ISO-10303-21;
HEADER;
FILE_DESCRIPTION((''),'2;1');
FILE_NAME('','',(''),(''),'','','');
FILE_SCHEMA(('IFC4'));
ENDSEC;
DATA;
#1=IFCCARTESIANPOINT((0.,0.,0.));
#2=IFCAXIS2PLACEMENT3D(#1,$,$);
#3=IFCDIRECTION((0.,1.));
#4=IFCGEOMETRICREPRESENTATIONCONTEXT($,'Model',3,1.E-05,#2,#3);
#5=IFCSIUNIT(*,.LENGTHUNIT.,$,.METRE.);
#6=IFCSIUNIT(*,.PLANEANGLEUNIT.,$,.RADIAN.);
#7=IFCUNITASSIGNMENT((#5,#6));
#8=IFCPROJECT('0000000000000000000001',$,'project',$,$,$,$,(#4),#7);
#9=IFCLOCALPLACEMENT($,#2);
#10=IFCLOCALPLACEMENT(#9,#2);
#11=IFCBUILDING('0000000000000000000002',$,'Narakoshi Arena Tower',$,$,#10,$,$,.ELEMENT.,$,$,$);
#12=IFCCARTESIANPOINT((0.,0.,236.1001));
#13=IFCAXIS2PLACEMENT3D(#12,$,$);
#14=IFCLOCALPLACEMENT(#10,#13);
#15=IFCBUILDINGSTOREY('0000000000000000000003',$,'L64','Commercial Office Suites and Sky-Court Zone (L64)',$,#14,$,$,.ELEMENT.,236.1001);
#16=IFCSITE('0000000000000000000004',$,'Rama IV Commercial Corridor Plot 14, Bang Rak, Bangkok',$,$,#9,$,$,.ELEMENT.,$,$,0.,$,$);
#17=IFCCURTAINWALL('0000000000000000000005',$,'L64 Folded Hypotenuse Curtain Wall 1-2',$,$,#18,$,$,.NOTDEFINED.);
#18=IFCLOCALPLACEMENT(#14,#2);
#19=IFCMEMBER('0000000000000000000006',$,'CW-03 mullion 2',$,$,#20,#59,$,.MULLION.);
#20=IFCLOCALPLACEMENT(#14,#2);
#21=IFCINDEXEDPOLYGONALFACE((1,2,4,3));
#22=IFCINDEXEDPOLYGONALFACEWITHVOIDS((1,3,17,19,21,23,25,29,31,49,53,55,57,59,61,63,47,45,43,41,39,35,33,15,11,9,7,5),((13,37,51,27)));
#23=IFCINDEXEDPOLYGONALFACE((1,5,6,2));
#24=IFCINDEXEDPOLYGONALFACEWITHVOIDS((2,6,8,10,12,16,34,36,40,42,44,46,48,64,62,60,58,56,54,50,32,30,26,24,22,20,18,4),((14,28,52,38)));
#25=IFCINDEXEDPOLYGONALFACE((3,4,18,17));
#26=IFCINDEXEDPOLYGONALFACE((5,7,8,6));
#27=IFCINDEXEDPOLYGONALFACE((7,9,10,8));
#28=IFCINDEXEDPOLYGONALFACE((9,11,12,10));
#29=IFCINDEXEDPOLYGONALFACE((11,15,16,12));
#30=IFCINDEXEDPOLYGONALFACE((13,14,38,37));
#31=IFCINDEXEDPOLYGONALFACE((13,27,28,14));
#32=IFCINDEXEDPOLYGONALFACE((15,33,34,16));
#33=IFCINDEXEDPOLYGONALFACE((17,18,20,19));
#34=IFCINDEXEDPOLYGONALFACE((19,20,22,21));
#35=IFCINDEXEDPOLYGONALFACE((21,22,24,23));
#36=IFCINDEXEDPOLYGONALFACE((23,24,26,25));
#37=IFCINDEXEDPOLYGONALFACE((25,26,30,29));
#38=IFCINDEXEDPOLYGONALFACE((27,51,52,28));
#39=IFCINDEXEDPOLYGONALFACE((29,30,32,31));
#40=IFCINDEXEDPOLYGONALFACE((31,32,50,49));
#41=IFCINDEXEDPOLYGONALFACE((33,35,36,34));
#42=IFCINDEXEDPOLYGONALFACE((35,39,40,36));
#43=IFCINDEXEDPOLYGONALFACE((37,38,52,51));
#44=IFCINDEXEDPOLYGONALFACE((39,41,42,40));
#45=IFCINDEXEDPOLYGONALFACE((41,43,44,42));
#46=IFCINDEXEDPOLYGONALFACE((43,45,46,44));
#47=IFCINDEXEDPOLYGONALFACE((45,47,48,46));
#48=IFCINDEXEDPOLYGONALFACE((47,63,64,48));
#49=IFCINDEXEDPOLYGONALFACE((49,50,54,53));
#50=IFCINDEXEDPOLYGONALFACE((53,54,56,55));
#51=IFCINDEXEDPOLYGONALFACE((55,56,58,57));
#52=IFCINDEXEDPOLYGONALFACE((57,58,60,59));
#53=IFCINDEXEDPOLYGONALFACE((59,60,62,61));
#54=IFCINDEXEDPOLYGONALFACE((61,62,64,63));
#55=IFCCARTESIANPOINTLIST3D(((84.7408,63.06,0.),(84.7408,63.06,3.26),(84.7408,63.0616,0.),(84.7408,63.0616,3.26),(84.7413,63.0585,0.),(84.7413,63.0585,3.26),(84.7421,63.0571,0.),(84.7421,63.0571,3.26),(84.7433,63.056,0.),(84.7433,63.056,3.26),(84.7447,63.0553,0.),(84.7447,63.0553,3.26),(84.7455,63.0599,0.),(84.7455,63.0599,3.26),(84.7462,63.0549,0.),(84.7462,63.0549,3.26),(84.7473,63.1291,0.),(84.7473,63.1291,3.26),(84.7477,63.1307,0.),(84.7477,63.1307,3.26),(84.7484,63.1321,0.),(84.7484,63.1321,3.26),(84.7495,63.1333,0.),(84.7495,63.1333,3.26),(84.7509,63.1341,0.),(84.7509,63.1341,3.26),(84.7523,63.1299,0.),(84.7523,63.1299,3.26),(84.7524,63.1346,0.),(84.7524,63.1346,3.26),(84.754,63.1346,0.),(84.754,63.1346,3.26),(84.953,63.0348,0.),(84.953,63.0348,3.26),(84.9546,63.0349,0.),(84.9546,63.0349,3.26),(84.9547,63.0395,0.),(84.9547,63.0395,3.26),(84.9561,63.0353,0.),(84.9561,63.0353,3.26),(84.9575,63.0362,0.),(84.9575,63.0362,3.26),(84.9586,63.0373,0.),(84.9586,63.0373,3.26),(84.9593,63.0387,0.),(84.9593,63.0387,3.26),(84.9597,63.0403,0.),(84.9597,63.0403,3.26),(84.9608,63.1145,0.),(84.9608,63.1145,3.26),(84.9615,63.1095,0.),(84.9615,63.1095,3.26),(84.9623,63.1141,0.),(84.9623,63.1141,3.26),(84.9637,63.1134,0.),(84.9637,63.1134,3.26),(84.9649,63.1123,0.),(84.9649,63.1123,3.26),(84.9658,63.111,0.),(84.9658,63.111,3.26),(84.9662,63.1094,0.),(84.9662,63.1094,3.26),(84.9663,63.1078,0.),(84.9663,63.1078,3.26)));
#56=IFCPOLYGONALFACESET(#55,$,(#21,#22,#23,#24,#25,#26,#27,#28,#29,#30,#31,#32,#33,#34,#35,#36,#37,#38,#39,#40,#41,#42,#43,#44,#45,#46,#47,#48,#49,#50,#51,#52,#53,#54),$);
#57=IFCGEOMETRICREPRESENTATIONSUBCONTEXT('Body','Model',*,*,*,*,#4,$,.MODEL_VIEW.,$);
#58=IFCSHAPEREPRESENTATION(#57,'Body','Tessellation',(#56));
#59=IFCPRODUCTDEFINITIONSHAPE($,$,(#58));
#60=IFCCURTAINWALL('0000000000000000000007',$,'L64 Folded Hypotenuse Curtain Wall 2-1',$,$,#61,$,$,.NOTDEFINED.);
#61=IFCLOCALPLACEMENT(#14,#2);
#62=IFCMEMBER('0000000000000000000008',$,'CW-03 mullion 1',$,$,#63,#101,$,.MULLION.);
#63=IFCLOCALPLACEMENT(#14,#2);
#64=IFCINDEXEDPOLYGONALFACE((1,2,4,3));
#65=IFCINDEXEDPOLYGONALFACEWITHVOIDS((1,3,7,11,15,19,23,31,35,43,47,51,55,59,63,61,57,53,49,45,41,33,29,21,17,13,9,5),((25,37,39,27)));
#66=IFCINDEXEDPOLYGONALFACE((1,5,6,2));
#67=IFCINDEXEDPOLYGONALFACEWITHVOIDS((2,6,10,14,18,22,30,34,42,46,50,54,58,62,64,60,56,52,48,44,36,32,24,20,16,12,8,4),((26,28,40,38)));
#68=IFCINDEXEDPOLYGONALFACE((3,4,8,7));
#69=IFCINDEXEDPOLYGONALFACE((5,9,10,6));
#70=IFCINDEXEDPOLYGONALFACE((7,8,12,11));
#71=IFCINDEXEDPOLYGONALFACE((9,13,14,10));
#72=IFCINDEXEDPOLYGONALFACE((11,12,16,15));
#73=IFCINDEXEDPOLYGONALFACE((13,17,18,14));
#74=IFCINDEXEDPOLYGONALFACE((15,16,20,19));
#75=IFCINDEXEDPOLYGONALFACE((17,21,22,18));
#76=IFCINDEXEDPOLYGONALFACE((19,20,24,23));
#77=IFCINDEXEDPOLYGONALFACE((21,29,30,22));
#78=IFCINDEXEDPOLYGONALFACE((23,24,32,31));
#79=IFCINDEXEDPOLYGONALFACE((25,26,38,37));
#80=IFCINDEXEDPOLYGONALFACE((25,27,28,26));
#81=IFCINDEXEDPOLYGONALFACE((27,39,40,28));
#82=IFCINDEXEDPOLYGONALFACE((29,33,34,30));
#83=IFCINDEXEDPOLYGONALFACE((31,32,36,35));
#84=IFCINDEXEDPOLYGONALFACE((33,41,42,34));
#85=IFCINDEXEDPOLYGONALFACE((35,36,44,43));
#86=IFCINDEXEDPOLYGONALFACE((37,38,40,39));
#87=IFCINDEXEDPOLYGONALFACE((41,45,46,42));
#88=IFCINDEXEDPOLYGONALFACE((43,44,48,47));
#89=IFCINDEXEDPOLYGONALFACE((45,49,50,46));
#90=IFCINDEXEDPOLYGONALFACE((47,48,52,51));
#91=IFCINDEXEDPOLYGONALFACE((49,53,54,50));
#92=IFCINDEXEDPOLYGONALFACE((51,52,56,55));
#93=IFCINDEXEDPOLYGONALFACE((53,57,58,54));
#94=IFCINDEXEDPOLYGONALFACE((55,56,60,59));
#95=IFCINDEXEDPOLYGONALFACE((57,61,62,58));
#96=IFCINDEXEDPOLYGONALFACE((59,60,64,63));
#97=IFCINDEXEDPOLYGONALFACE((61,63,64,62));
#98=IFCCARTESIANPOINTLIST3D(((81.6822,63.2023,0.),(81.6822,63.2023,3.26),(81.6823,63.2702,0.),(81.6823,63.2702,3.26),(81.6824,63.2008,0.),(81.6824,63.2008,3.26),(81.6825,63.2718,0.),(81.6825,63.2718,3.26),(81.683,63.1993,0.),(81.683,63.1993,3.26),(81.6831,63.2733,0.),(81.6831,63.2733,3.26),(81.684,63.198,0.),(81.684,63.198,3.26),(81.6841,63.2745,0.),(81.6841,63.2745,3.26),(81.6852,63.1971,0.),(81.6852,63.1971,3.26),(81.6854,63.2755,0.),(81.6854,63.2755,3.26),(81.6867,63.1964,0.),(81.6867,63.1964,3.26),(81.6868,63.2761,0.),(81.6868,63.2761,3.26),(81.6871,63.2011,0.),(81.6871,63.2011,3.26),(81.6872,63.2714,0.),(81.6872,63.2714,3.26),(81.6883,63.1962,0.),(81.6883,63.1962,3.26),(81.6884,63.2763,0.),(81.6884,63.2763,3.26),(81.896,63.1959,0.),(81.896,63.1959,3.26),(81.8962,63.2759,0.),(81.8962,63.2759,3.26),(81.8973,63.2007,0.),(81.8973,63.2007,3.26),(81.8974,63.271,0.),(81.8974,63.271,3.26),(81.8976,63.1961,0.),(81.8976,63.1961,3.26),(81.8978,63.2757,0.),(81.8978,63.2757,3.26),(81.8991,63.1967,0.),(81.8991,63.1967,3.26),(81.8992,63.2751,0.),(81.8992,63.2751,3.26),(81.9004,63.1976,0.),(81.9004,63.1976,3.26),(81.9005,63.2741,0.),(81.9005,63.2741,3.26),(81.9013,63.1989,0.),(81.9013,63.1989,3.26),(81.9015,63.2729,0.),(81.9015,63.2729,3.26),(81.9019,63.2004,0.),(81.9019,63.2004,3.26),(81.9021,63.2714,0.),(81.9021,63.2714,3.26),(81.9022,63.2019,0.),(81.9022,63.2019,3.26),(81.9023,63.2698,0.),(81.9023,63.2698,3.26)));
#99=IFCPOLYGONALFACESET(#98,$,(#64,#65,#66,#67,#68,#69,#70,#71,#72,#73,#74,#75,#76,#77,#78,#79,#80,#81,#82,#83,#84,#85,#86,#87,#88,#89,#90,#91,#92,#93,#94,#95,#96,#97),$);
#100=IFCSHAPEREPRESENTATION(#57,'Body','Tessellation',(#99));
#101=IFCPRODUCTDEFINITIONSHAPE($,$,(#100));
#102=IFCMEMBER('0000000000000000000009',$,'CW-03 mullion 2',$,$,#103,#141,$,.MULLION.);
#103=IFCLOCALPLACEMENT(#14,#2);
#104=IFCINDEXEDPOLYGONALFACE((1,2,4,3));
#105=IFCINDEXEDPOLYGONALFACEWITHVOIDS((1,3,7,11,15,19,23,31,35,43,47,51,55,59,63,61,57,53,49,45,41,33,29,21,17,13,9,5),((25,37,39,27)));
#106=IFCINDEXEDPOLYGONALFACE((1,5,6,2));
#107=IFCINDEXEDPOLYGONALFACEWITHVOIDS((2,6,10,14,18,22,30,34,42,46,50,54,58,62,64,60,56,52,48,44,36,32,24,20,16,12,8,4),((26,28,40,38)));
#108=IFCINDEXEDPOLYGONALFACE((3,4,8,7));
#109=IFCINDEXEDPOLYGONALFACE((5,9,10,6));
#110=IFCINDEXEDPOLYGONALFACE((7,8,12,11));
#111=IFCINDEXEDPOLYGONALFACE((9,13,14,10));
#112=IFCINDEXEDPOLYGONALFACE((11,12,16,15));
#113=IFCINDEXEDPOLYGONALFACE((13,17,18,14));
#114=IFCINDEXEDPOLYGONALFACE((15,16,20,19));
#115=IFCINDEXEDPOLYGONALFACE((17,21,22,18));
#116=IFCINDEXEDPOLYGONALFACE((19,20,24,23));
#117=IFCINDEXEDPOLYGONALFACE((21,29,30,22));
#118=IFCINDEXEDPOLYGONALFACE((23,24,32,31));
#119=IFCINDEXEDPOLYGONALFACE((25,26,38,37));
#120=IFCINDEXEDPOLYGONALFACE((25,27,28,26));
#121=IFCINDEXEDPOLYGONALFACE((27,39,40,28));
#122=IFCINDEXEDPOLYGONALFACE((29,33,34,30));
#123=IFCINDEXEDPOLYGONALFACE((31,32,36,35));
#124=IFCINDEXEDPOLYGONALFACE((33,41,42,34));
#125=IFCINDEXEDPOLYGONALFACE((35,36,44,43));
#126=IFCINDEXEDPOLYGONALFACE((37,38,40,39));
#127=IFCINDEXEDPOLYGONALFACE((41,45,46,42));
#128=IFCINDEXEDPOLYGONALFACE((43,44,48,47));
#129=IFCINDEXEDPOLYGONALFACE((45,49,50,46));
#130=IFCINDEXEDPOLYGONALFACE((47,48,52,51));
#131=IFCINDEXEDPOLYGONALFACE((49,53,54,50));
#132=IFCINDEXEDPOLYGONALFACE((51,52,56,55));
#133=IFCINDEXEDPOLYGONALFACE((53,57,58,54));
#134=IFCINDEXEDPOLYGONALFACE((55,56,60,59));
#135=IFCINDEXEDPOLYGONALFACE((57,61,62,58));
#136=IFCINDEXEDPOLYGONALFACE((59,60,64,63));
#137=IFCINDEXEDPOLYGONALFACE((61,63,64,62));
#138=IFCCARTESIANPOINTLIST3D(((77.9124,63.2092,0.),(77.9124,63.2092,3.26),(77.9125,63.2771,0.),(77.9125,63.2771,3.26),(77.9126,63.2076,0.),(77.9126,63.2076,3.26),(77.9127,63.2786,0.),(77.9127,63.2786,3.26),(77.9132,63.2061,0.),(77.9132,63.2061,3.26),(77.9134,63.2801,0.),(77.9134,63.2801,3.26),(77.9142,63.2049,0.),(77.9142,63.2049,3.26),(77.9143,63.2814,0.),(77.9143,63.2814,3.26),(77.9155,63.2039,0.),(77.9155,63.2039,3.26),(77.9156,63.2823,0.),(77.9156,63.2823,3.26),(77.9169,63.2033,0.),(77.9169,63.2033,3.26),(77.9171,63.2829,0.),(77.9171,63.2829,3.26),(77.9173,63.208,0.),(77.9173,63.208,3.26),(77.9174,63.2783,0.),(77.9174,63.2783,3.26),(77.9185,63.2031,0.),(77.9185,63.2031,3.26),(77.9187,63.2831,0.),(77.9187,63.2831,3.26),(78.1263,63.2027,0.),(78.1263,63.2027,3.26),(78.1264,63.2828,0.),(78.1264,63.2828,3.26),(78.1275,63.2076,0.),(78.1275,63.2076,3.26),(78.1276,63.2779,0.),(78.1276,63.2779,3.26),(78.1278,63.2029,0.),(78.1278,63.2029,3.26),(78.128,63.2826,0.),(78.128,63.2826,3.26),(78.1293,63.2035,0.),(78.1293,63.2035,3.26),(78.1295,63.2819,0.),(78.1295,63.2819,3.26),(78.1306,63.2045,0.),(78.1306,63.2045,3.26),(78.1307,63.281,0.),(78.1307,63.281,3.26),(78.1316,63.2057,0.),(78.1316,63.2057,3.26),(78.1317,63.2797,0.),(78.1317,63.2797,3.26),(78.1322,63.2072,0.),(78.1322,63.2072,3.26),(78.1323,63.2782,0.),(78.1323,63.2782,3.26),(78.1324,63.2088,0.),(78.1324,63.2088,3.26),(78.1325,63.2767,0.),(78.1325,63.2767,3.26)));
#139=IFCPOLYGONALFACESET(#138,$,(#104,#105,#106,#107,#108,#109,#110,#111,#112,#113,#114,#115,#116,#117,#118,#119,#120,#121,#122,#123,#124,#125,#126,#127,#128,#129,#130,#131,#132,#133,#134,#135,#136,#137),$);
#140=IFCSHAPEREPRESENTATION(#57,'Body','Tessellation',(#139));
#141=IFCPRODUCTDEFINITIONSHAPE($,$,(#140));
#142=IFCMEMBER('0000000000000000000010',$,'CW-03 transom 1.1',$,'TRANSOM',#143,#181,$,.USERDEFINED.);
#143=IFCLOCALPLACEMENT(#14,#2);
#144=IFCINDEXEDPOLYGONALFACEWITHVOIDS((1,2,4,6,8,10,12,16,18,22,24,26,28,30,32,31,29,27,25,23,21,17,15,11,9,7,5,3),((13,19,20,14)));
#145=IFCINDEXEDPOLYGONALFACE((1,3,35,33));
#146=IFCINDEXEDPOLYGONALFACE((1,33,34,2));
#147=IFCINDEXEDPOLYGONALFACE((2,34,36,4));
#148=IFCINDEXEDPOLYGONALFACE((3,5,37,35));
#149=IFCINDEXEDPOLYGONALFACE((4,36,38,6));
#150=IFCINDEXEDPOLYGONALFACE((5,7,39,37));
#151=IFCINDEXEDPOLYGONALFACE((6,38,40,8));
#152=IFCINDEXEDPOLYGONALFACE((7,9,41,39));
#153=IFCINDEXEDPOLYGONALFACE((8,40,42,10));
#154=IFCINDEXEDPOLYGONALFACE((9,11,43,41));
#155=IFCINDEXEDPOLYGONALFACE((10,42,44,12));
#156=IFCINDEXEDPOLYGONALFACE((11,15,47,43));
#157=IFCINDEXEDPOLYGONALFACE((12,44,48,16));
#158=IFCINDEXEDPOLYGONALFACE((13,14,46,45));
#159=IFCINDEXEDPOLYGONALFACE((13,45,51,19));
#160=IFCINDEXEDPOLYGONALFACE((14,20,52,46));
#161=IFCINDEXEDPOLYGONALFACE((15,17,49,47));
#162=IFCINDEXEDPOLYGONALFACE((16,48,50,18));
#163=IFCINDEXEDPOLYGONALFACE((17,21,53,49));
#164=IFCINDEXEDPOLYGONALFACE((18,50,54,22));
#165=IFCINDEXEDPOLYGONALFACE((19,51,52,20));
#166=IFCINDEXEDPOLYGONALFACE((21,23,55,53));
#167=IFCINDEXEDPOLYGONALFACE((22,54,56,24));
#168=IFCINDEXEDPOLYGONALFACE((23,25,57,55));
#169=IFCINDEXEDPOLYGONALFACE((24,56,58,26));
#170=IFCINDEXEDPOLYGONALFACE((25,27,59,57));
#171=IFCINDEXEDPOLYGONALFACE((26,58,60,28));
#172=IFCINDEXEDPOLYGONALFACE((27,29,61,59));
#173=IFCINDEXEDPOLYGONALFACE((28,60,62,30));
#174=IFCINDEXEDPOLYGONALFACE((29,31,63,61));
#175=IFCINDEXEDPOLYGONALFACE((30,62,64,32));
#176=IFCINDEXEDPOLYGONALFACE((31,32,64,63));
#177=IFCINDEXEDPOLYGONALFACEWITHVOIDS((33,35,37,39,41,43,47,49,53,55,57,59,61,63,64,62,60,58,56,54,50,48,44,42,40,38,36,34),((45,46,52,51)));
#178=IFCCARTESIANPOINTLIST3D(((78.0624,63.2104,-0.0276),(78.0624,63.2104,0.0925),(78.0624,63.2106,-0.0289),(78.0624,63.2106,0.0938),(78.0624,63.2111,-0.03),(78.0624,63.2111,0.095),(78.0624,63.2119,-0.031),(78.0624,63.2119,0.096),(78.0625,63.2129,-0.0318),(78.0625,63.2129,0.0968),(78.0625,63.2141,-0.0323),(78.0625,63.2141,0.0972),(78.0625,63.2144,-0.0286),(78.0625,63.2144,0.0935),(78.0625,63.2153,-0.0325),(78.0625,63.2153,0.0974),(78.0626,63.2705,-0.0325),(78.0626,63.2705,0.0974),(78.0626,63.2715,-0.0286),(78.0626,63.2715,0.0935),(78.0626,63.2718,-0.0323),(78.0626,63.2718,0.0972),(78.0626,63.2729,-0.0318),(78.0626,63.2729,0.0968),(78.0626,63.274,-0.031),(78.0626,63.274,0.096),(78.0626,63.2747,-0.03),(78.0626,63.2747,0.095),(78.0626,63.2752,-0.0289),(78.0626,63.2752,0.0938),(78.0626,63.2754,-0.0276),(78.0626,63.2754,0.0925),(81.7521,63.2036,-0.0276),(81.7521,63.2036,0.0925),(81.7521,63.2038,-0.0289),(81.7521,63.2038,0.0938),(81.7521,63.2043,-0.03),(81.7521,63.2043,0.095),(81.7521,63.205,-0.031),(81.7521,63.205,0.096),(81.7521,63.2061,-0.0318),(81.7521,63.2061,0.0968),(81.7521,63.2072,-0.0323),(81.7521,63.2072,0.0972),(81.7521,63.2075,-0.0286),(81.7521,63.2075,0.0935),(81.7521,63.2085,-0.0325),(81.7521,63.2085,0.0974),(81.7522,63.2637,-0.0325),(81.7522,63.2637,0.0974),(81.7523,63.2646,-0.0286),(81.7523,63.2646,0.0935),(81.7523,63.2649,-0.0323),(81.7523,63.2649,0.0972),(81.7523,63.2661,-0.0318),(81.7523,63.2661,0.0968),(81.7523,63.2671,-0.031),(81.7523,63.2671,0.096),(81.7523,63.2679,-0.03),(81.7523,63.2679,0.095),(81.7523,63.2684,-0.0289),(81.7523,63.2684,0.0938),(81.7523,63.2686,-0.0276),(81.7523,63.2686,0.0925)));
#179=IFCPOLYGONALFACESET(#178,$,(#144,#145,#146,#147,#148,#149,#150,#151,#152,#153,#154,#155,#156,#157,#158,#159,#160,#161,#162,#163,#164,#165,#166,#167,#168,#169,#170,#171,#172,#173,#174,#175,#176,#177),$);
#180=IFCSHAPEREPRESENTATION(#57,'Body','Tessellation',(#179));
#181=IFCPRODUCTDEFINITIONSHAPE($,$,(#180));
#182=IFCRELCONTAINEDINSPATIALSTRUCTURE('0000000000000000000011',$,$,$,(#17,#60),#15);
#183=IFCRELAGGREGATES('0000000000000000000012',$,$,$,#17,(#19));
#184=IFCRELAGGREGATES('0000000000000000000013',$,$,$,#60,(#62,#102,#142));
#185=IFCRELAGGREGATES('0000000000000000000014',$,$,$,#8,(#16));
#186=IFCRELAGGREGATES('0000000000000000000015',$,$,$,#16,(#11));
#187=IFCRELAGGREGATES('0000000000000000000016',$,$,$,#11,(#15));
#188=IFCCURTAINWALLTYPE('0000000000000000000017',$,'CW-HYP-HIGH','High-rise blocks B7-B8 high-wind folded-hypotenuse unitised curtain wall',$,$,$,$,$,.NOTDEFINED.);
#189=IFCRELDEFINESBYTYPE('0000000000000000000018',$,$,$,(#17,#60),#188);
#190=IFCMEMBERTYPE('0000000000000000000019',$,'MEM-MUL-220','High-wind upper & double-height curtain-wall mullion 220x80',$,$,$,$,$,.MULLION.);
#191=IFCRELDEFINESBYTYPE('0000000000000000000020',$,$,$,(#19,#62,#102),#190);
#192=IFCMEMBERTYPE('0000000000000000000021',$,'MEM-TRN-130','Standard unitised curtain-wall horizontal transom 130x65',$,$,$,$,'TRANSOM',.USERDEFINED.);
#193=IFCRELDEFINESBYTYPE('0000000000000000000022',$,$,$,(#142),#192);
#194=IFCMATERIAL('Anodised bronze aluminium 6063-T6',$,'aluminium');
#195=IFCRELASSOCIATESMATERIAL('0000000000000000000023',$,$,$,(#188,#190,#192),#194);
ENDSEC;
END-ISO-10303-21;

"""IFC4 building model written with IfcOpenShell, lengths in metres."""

from ifc_helpers import new_model, si_unit, direction, frame, origin, origin_2d, place, context, subcontext, project, spatial, hollow_rectangle, extrude, material, material_profile, profile_set, type_object, element, aggregate, save


model = new_model("IFC4")

# Units and contexts
model_context = context("Model", 3, precision=1e-05, world=origin(), true_north=direction((0.0, 1.0)))
body_context = subcontext(model_context, "Body", "Model", "MODEL_VIEW")
ifc_project = project(units=[si_unit("LENGTHUNIT", "METRE"), si_unit("PLANEANGLEUNIT", "RADIAN")], contexts=[model_context])

# Site, building, storey
site_placement = place(None, origin())
site = spatial("IfcSite", under=ifc_project, at=site_placement, Name="Rama IV Commercial Corridor Plot 14, Bang Rak, Bangkok", CompositionType="ELEMENT", RefElevation=0.0)
building_placement = place(site_placement, origin())
building = spatial("IfcBuilding", under=site, at=building_placement, Name="Narakoshi Arena Tower", CompositionType="ELEMENT")
storey_placement = place(building_placement, frame((0.0, 0.0, 236.1001)))
storey = spatial("IfcBuildingStorey", under=building, at=storey_placement, Name="L64", Description="Commercial Office Suites and Sky-Court Zone (L64)", CompositionType="ELEMENT", Elevation=236.1001)

# Curtain wall, member
ifc_material_1 = material(Name="Anodised bronze aluminium 6063-T6", Category="aluminium")
curtain_wall_type = type_object("IfcCurtainWallType", Name="CW-HYP-HIGH", Description="High-rise blocks B7-B8 high-wind folded-hypotenuse unitised curtain wall", PredefinedType="NOTDEFINED", material=ifc_material_1)
curtain_wall_1_placement = place(storey_placement, origin())
curtain_wall_1 = element("IfcCurtainWall", 1, at=curtain_wall_1_placement, inside=storey, type_object=curtain_wall_type, Name="L64 Folded Hypotenuse Curtain Wall 1-2", PredefinedType="NOTDEFINED")
ifc_material_profile_1 = material_profile(ifc_material_1, hollow_rectangle(XDim=0.0801, YDim=0.22, WallThickness=0.0049, OuterFilletRadius=0.0061, at=origin_2d()), Name="MUL220x80x5")
ifc_profile_set_1 = profile_set([ifc_material_profile_1], Name="Anodised bronze aluminium 6063-T6")
member_type_1 = type_object("IfcMemberType", Name="MEM-MUL-220", Description="High-wind upper & double-height curtain-wall mullion 220x80", PredefinedType="MULLION", material=ifc_profile_set_1)
member_1_placement = place(storey_placement, frame((84.8535, 63.0847, 0.0), z_axis=(0.0, 0.0, 1.0), x_axis=(-0.096843, -0.9953, 0.0)))
member_1 = element("IfcMember", 2, at=member_1_placement, type_object=member_type_1, Name="CW-03 mullion 2", PredefinedType="MULLION", context=body_context, shape_type="SweptSolid", body=[
    extrude(hollow_rectangle(XDim=0.0801, YDim=0.22, WallThickness=0.0049, OuterFilletRadius=0.0061, at=origin_2d()), origin(), (0.0, 0.0, 1.0), 3.26),
])

# Curtain wall, members
curtain_wall_2_placement = place(storey_placement, origin())
curtain_wall_2 = element("IfcCurtainWall", 3, at=curtain_wall_2_placement, inside=storey, type_object=curtain_wall_type, Name="L64 Folded Hypotenuse Curtain Wall 2-1", PredefinedType="NOTDEFINED")
member_2_placement = place(storey_placement, frame((81.7922, 63.2361, 0.0), z_axis=(0.0, 0.0, 1.0), x_axis=(-0.00182, -0.999998, 0.0)))
member_2 = element("IfcMember", 4, at=member_2_placement, type_object=member_type_1, Name="CW-03 mullion 1", PredefinedType="MULLION", context=body_context, shape_type="SweptSolid", body=[
    extrude(hollow_rectangle(XDim=0.0801, YDim=0.22, WallThickness=0.0049, OuterFilletRadius=0.0061, at=origin_2d()), origin(), (0.0, 0.0, 1.0), 3.26),
])
member_3_placement = place(storey_placement, frame((78.0225, 63.2429, 0.0), z_axis=(0.0, 0.0, 1.0), x_axis=(-0.00182, -0.999998, 0.0)))
member_3 = element("IfcMember", 5, at=member_3_placement, type_object=member_type_1, Name="CW-03 mullion 2", PredefinedType="MULLION", context=body_context, shape_type="SweptSolid", body=[
    extrude(hollow_rectangle(XDim=0.0801, YDim=0.22, WallThickness=0.0049, OuterFilletRadius=0.0061, at=origin_2d()), origin(), (0.0, 0.0, 1.0), 3.26),
])
ifc_material_profile_2 = material_profile(ifc_material_1, hollow_rectangle(XDim=0.0649, YDim=0.1299, WallThickness=0.0039, OuterFilletRadius=0.0049, at=origin_2d()), Name="TRN130x65x4")
ifc_profile_set_2 = profile_set([ifc_material_profile_2], Name="Anodised bronze aluminium 6063-T6")
member_type_2 = type_object("IfcMemberType", Name="MEM-TRN-130", Description="Standard unitised curtain-wall horizontal transom 130x65", ElementType="TRANSOM", PredefinedType="USERDEFINED", material=ifc_profile_set_2)
member_4_placement = place(storey_placement, frame((81.7522, 63.2361, 0.0325), z_axis=(-0.999998, 0.001853, 0.0), x_axis=(-0.001853, -0.999998, 0.0)))
member_4 = element("IfcMember", 6, at=member_4_placement, type_object=member_type_2, Name="CW-03 transom 1.1", ObjectType="TRANSOM", PredefinedType="USERDEFINED", context=body_context, shape_type="SweptSolid", body=[
    extrude(hollow_rectangle(XDim=0.0649, YDim=0.1299, WallThickness=0.0039, OuterFilletRadius=0.0049, at=origin_2d()), origin(), (0.0, 0.0, 1.0), 3.6897),
])

aggregate(curtain_wall_1, [member_1])
aggregate(curtain_wall_2, [member_2, member_3, member_4])

save(model, "model.ifc")
